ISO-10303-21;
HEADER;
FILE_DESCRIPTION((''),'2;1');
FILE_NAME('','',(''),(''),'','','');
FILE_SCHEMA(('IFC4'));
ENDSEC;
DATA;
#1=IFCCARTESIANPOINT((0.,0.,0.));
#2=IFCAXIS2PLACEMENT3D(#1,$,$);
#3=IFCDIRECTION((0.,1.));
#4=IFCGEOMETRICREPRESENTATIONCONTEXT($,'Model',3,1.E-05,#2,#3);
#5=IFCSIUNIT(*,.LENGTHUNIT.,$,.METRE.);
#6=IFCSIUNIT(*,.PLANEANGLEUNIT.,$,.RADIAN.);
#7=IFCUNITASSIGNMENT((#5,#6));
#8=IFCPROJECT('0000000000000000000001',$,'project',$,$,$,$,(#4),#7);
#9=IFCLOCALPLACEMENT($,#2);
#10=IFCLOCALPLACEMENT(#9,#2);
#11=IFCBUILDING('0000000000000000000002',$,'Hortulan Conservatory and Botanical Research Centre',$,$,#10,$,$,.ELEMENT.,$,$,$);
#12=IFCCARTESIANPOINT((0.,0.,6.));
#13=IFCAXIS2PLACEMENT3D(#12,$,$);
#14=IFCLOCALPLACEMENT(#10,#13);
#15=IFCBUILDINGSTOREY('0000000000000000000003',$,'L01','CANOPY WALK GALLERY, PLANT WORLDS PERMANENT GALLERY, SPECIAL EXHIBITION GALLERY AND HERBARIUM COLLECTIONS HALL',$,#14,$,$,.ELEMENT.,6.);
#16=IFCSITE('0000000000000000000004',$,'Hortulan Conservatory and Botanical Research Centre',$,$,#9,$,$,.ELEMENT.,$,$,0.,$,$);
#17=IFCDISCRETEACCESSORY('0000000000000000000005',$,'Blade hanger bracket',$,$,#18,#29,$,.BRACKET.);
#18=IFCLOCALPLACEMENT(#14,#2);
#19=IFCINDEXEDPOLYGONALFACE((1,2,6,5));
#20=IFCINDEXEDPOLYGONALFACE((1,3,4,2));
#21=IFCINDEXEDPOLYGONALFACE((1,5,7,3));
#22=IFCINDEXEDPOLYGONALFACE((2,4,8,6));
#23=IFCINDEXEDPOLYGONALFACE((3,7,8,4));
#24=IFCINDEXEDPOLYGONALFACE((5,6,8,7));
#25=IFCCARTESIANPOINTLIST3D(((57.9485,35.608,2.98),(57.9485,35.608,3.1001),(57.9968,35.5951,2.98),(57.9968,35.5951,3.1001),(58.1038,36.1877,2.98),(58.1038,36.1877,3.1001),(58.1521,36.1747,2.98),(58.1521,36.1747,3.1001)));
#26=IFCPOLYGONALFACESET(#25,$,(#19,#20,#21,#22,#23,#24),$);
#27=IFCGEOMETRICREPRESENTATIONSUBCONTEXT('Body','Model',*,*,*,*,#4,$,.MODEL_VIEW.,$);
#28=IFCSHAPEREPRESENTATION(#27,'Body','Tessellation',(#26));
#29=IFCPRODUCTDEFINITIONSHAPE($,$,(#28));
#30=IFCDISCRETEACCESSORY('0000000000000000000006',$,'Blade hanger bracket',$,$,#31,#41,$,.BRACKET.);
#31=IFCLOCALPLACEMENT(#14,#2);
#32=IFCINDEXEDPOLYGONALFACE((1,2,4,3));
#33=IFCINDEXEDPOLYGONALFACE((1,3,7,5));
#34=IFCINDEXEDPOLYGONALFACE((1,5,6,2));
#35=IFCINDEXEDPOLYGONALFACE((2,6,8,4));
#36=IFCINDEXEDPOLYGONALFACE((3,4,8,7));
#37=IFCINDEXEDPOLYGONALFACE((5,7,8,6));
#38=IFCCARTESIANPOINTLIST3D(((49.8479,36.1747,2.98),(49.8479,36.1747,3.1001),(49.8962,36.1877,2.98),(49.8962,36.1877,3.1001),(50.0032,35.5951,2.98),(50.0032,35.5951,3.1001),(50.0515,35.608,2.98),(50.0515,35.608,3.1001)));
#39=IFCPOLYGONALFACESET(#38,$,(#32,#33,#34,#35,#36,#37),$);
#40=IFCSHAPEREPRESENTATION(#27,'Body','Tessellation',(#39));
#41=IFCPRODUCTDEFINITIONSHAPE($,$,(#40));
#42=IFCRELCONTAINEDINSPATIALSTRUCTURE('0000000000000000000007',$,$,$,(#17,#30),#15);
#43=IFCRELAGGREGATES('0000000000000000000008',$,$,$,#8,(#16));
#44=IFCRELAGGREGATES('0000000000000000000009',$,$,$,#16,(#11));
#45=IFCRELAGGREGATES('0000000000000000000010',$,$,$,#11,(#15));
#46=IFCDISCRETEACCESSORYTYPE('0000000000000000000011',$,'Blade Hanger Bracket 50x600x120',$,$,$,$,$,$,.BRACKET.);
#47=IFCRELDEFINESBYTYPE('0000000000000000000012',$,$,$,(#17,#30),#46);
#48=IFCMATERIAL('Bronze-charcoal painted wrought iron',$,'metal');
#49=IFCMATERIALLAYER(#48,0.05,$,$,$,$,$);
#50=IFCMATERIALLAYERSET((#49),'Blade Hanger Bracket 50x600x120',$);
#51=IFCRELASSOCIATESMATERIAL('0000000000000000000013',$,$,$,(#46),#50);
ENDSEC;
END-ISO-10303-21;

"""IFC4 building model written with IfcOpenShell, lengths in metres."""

from ifc_helpers import new_model, si_unit, direction, frame, origin, origin_2d, place, context, subcontext, project, spatial, rectangle, extrude, material, layer, layer_set, type_object, element, save


model = new_model("IFC4")

# Units and contexts
model_context = context("Model", 3, precision=1e-05, world=origin(), true_north=direction((0.0, 1.0)))
body_context = subcontext(model_context, "Body", "Model", "MODEL_VIEW")
ifc_project = project(units=[si_unit("LENGTHUNIT", "METRE"), si_unit("PLANEANGLEUNIT", "RADIAN")], contexts=[model_context])

# Site, building, storey
site_placement = place(None, origin())
site = spatial("IfcSite", under=ifc_project, at=site_placement, Name="Hortulan Conservatory and Botanical Research Centre", CompositionType="ELEMENT", RefElevation=0.0)
building_placement = place(site_placement, origin())
building = spatial("IfcBuilding", under=site, at=building_placement, Name="Hortulan Conservatory and Botanical Research Centre", CompositionType="ELEMENT")
storey_placement = place(building_placement, frame((0.0, 0.0, 6.0)))
storey = spatial("IfcBuildingStorey", under=building, at=storey_placement, Name="L01", Description="CANOPY WALK GALLERY, PLANT WORLDS PERMANENT GALLERY, SPECIAL EXHIBITION GALLERY AND HERBARIUM COLLECTIONS HALL", CompositionType="ELEMENT", Elevation=6.0)

# Discrete accessories
ifc_material_1 = material(Name="Bronze-charcoal painted wrought iron", Category="metal")
ifc_layer_1 = layer(ifc_material_1, 0.05)
ifc_layer_set_1 = layer_set([ifc_layer_1], Name="Blade Hanger Bracket 50x600x120")
discrete_accessory_type = type_object("IfcDiscreteAccessoryType", Name="Blade Hanger Bracket 50x600x120", PredefinedType="BRACKET", material=ifc_layer_set_1)
for number, where, z_axis, x_axis, name in (
    (1, (58.0503, 35.8914, 2.98), (0.0, 0.0, 1.0), (0.965922, -0.258833, 0.0), "Blade hanger bracket"),
    (2, (49.9497, 35.8914, 2.98), (0.0, 0.0, 1.0), (0.965922, 0.258833, 0.0), "Blade hanger bracket"),
):
    element("IfcDiscreteAccessory", number, at=place(storey_placement, frame(where, z_axis=z_axis, x_axis=x_axis)), inside=storey, type_object=discrete_accessory_type, Name=name, PredefinedType="BRACKET", context=body_context, shape_type="SweptSolid", body=[
        extrude(rectangle(XDim=0.05, YDim=0.6001, at=origin_2d()), origin(), (0.0, 0.0, 1.0), 0.1201),
    ])

save(model, "model.ifc")
